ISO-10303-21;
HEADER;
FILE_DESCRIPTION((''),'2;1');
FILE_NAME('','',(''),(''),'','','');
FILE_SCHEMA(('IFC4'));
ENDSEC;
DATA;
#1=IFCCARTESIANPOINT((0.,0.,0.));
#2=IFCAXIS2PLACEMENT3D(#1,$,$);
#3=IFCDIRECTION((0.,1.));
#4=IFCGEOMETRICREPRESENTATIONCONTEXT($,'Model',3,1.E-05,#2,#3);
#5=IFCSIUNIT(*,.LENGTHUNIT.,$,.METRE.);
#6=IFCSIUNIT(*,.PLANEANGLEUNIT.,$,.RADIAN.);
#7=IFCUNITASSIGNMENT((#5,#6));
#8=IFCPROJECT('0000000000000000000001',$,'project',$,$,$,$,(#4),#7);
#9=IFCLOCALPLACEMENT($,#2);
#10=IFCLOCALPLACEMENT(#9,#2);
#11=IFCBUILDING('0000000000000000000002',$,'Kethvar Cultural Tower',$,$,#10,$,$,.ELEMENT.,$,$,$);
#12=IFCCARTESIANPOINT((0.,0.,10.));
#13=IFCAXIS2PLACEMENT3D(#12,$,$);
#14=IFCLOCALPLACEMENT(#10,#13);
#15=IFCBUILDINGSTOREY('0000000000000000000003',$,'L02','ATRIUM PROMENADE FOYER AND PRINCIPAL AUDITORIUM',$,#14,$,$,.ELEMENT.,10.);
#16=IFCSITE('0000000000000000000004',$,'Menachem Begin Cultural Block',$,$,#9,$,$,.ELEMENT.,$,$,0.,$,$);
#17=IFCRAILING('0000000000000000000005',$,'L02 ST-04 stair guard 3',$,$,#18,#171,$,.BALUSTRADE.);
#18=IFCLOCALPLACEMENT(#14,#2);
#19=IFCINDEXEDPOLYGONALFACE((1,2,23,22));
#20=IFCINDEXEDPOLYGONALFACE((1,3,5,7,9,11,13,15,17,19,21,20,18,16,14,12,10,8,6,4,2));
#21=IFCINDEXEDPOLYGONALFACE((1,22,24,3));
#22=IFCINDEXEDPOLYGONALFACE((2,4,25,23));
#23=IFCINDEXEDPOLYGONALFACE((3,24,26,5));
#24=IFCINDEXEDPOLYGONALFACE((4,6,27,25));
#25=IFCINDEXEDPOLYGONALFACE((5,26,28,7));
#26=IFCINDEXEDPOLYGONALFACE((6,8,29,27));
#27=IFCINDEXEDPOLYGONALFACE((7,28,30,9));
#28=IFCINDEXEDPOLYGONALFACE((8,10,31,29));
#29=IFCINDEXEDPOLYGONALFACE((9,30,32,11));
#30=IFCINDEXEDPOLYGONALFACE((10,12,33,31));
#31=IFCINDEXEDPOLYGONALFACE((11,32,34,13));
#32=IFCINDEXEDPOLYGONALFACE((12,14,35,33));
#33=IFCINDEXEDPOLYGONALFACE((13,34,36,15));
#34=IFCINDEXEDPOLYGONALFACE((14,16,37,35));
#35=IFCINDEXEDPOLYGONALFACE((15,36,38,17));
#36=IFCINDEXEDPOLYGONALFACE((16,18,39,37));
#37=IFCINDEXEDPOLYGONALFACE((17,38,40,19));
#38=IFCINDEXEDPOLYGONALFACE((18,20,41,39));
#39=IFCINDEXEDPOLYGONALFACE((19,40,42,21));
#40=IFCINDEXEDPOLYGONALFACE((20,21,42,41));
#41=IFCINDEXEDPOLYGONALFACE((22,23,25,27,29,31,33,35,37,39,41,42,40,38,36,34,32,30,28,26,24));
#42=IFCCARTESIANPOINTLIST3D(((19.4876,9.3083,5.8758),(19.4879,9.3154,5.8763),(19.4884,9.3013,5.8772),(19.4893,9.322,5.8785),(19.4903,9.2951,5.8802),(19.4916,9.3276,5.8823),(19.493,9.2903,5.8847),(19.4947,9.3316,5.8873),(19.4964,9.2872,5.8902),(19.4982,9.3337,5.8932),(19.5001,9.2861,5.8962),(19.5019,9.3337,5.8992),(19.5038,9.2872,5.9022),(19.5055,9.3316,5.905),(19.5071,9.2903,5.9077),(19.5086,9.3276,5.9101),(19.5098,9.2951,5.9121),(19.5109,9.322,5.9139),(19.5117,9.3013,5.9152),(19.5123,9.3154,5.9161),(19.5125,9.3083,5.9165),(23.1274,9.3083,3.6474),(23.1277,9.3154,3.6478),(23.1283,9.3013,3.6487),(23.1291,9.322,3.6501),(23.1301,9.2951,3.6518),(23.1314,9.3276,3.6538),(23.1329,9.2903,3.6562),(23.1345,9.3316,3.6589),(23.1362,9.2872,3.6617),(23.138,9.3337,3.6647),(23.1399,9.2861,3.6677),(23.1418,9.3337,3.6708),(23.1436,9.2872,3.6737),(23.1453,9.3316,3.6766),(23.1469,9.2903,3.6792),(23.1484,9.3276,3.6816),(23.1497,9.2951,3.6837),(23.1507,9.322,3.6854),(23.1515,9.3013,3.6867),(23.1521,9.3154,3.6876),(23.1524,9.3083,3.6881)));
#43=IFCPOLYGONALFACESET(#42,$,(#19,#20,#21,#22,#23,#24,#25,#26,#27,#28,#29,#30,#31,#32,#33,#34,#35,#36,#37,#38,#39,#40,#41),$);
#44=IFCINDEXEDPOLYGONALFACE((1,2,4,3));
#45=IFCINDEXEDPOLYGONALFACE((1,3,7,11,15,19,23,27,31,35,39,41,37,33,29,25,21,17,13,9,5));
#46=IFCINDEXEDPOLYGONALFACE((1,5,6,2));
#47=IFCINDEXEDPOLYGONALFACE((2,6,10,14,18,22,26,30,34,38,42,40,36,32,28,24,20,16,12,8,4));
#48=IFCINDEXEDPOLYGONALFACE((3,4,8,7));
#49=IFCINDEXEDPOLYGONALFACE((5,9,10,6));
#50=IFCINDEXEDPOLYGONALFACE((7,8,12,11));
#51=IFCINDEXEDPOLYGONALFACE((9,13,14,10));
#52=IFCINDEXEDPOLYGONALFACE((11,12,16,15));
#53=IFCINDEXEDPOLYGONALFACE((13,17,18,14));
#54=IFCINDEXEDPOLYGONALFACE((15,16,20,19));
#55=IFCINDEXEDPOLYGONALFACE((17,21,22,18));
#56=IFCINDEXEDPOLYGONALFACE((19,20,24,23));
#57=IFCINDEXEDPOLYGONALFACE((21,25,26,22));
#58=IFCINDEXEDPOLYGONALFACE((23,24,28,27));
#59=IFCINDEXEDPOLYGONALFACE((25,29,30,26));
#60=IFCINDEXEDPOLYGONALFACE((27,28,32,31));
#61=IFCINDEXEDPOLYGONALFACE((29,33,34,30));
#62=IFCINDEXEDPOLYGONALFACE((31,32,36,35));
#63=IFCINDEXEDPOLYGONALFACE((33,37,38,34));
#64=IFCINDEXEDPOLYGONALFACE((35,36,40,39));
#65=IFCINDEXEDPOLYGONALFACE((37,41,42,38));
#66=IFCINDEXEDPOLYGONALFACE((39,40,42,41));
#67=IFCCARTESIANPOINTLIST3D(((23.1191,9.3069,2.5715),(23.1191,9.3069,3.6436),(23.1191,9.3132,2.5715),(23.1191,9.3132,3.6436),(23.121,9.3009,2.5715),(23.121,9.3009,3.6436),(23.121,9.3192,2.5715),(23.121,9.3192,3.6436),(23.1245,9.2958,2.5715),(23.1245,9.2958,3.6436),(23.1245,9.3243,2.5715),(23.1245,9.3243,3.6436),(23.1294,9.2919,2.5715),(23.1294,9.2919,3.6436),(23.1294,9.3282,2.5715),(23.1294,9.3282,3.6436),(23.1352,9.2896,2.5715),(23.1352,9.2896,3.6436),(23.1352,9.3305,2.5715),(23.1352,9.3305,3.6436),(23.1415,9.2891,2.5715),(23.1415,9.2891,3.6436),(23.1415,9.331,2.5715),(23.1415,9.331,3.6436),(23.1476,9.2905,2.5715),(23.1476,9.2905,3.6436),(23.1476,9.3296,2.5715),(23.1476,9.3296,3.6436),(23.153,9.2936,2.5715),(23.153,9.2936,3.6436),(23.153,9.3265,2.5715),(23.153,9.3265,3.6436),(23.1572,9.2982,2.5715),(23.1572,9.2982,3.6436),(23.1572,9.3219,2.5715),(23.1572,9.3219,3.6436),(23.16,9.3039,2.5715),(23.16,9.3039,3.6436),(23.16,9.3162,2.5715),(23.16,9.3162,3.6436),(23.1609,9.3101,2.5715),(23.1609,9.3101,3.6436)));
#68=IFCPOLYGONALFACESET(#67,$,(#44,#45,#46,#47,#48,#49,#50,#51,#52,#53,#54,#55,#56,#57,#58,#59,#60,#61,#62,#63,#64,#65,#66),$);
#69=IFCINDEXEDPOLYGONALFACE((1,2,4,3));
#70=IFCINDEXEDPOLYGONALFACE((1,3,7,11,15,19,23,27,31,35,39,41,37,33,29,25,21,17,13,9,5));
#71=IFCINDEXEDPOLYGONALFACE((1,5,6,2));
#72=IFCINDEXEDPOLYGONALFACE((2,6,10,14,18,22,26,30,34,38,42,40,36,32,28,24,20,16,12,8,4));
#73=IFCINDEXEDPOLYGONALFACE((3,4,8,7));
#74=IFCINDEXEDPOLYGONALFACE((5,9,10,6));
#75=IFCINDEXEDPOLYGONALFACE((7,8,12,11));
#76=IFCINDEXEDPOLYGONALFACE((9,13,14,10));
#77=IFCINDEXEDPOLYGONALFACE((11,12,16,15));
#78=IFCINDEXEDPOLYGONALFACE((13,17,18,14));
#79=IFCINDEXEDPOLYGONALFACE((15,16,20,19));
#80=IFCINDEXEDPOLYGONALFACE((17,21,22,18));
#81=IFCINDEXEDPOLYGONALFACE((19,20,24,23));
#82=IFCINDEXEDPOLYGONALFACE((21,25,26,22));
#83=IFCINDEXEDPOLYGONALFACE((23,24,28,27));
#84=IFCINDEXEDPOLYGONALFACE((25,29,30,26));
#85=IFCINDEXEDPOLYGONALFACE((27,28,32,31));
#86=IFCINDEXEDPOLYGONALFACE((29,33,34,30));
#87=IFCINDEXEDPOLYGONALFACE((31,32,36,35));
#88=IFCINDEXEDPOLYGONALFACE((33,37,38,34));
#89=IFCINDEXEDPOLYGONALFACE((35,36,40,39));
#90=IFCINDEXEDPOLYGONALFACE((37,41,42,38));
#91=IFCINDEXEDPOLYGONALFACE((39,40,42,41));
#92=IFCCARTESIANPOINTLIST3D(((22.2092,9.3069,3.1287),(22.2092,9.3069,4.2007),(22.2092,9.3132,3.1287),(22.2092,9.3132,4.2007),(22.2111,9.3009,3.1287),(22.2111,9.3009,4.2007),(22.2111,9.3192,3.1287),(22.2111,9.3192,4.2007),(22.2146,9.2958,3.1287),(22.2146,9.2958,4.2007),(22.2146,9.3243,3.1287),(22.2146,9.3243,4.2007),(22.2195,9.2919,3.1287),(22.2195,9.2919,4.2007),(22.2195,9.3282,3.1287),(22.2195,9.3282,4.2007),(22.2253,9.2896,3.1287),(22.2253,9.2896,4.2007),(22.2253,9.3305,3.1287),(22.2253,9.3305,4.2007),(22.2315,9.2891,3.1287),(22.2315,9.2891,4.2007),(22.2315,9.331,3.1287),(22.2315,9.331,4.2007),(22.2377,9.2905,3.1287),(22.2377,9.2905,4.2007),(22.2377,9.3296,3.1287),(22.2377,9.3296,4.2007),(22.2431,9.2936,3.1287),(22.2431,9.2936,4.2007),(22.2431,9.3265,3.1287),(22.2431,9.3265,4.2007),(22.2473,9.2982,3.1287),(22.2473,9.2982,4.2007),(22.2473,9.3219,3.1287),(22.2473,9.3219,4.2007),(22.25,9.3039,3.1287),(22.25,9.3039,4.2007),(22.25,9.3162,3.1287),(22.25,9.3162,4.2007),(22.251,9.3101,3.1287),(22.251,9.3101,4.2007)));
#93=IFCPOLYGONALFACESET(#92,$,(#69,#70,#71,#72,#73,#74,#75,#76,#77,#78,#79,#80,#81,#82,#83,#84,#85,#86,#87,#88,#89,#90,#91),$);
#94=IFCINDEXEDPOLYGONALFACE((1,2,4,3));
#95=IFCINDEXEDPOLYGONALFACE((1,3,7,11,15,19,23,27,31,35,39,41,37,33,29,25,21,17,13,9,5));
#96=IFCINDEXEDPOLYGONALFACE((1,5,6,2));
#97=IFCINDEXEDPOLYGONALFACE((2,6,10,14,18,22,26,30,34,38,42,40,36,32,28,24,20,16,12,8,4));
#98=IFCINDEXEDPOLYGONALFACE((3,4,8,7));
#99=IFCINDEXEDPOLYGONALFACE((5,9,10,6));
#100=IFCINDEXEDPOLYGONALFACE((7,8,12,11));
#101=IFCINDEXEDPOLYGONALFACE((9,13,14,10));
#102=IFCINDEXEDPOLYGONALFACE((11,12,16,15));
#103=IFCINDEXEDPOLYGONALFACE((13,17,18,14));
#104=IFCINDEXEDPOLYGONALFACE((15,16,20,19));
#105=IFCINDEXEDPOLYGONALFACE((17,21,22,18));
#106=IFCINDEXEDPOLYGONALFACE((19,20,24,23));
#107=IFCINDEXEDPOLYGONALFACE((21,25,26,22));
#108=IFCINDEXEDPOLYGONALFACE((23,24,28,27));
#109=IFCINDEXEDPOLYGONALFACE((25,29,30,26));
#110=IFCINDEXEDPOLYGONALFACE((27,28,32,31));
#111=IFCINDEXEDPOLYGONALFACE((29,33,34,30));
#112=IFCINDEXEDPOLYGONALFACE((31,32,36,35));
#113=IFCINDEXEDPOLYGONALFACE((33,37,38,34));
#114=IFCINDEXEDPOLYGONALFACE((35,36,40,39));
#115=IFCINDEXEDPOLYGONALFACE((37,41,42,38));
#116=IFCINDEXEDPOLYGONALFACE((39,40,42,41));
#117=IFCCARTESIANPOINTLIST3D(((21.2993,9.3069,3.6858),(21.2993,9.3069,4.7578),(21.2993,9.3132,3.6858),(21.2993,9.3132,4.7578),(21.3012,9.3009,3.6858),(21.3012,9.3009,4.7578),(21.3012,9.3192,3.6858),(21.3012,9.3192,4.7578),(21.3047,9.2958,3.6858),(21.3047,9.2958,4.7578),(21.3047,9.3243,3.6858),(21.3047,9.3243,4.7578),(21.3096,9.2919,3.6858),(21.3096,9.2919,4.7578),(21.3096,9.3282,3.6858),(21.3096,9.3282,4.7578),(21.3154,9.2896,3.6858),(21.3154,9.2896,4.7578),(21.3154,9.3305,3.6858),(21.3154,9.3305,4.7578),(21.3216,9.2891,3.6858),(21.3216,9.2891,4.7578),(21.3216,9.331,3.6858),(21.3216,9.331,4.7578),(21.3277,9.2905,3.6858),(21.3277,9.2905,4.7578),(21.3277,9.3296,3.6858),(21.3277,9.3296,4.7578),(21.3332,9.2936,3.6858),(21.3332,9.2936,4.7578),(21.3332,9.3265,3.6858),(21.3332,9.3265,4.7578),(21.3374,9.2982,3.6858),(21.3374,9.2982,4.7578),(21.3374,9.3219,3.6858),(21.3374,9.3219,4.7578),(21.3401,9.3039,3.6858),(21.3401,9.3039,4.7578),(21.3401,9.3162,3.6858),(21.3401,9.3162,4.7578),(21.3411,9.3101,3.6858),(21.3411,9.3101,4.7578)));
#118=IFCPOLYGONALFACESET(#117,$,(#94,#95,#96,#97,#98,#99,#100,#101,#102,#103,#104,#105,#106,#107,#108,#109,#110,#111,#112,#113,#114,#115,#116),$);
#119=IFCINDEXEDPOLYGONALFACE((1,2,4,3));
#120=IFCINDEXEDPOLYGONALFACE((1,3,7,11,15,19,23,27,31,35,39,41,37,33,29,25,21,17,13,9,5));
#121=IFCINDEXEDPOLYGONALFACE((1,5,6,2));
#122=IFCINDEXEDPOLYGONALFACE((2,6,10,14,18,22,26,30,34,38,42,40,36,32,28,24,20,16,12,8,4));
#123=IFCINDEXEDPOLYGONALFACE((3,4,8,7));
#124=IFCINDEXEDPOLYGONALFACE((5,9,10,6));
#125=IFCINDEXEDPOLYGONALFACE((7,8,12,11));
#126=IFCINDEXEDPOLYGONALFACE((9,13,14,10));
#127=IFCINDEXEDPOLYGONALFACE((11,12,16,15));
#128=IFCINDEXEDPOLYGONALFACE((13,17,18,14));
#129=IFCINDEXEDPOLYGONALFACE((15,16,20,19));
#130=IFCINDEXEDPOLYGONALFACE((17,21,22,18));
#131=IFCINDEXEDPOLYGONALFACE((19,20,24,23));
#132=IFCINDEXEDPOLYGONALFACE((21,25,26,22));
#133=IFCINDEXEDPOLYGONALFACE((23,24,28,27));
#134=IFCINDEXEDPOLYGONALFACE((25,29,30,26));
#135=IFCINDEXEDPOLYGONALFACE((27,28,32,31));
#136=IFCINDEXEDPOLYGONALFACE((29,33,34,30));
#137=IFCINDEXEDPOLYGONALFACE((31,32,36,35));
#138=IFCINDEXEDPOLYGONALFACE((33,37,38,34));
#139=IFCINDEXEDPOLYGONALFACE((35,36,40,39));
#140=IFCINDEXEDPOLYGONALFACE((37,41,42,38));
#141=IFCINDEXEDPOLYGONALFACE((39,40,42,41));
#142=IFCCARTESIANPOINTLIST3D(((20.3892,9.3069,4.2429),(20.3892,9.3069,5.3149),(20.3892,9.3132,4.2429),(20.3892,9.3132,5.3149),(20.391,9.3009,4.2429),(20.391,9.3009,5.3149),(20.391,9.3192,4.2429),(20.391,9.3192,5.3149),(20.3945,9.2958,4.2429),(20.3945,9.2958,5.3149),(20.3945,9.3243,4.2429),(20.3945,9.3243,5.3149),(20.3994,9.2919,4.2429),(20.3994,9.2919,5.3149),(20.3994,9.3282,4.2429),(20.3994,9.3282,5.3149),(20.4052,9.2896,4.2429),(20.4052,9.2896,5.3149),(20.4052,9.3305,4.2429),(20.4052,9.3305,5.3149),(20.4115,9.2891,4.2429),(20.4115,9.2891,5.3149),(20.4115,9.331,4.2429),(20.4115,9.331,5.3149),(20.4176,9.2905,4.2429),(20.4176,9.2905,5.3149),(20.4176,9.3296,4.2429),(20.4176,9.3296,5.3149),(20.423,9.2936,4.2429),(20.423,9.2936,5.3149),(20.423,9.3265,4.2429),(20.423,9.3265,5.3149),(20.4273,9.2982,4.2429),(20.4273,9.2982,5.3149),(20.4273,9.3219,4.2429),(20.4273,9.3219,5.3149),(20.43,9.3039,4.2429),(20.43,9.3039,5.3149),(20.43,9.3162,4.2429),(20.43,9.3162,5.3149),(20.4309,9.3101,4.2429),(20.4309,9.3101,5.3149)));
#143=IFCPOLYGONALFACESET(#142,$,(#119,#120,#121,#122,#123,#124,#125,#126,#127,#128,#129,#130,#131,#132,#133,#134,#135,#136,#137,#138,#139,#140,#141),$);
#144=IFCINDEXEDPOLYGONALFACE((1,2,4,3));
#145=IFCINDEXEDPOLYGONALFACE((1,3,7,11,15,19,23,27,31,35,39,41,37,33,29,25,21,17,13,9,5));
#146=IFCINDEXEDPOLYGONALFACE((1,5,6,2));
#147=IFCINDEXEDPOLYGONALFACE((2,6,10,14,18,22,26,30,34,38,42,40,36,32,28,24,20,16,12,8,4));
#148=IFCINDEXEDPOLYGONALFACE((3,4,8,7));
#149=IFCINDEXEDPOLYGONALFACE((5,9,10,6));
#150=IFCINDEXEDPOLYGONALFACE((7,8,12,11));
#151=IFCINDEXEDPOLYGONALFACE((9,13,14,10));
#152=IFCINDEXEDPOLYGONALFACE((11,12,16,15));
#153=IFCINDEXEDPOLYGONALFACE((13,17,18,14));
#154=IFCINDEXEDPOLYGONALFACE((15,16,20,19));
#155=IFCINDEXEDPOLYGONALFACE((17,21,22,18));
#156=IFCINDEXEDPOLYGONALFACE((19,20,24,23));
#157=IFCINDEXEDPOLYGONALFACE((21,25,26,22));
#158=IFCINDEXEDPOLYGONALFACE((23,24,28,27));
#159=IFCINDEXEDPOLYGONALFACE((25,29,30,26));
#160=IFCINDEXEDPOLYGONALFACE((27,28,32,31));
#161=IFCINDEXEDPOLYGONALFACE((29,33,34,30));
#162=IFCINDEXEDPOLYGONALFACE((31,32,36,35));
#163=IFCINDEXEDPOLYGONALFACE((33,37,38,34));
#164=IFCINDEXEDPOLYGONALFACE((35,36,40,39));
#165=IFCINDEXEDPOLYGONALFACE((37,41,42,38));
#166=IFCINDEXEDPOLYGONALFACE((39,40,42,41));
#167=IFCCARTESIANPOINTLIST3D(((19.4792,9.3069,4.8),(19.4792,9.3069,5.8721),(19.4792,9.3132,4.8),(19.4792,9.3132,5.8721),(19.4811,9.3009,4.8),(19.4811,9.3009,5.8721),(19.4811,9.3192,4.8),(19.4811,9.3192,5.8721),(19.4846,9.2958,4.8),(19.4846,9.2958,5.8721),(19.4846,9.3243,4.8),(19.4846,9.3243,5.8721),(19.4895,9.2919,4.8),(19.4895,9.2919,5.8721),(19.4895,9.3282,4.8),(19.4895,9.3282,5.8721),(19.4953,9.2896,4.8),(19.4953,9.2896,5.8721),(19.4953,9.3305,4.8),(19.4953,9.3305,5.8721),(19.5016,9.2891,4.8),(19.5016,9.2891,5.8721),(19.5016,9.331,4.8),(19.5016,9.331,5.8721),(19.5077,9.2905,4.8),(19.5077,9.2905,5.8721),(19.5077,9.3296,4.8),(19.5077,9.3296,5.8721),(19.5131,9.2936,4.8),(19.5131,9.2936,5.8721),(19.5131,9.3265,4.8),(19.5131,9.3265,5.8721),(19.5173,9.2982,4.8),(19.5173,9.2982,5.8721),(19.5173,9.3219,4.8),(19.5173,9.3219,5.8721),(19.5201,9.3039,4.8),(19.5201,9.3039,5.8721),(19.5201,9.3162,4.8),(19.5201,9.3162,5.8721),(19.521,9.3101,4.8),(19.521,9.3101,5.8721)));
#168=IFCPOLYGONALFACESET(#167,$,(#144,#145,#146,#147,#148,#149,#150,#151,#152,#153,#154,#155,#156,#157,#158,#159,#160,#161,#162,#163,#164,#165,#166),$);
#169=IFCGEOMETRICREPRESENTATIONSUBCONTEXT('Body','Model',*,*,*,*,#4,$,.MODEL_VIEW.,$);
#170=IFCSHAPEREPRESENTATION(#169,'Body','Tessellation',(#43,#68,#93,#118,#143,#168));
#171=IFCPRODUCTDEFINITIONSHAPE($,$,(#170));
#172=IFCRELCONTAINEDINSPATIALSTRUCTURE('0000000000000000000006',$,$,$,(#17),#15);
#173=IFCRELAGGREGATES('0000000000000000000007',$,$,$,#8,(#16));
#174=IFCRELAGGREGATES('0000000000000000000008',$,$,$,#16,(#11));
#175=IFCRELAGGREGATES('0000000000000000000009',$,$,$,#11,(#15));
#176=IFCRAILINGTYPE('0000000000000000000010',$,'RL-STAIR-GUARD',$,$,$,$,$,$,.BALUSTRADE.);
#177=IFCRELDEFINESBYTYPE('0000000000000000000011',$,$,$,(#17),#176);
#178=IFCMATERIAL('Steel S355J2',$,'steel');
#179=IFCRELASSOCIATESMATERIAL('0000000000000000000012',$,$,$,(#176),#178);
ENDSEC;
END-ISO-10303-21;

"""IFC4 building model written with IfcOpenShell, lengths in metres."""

from ifc_helpers import new_model, si_unit, direction, frame, origin, origin_2d, place, context, subcontext, project, spatial, circle, extrude, material, type_object, element, save


model = new_model("IFC4")

# Units and contexts
model_context = context("Model", 3, precision=1e-05, world=origin(), true_north=direction((0.0, 1.0)))
body_context = subcontext(model_context, "Body", "Model", "MODEL_VIEW")
ifc_project = project(units=[si_unit("LENGTHUNIT", "METRE"), si_unit("PLANEANGLEUNIT", "RADIAN")], contexts=[model_context])

# Site, building, storey
site_placement = place(None, origin())
site = spatial("IfcSite", under=ifc_project, at=site_placement, Name="Menachem Begin Cultural Block", CompositionType="ELEMENT", RefElevation=0.0)
building_placement = place(site_placement, origin())
building = spatial("IfcBuilding", under=site, at=building_placement, Name="Kethvar Cultural Tower", CompositionType="ELEMENT")
storey_placement = place(building_placement, frame((0.0, 0.0, 10.0)))
storey = spatial("IfcBuildingStorey", under=building, at=storey_placement, Name="L02", Description="ATRIUM PROMENADE FOYER AND PRINCIPAL AUDITORIUM", CompositionType="ELEMENT", Elevation=10.0)

# Shared definitions
ifc_material_1 = material(Name="Steel S355J2", Category="steel")

# Railing
railing_type_1 = type_object("IfcRailingType", Name="RL-STAIR-GUARD", PredefinedType="BALUSTRADE", material=ifc_material_1)
railing_1_placement = place(storey_placement, frame((23.1399, 9.3101, 2.5715)))
element("IfcRailing", 1, at=railing_1_placement, inside=storey, type_object=railing_type_1, Name="L02 ST-04 stair guard 3", PredefinedType="BALUSTRADE", context=body_context, shape_type="SweptSolid", body=[
    extrude(circle(Radius=0.0239, at=origin_2d()), frame((0.0, 0.0, 1.0962), z_axis=(-0.85285, 0.0, 0.522156), x_axis=(0.0, -1.0, 0.0)), (0.0, 0.0, 1.0), 4.2678),
    extrude(circle(Radius=0.021, at=origin_2d()), origin(), (0.0, 0.0, 1.0), 1.072),
    extrude(circle(Radius=0.021, at=origin_2d()), frame((-0.9099, 0.0, 0.5571)), (0.0, 0.0, 1.0), 1.072),
    extrude(circle(Radius=0.021, at=origin_2d()), frame((-1.8198, 0.0, 1.1143)), (0.0, 0.0, 1.0), 1.072),
    extrude(circle(Radius=0.021, at=origin_2d()), frame((-2.73, 0.0, 1.6714)), (0.0, 0.0, 1.0), 1.072),
    extrude(circle(Radius=0.021, at=origin_2d()), frame((-3.6399, 0.0, 2.2285)), (0.0, 0.0, 1.0), 1.072),
])

save(model, "model.ifc")
